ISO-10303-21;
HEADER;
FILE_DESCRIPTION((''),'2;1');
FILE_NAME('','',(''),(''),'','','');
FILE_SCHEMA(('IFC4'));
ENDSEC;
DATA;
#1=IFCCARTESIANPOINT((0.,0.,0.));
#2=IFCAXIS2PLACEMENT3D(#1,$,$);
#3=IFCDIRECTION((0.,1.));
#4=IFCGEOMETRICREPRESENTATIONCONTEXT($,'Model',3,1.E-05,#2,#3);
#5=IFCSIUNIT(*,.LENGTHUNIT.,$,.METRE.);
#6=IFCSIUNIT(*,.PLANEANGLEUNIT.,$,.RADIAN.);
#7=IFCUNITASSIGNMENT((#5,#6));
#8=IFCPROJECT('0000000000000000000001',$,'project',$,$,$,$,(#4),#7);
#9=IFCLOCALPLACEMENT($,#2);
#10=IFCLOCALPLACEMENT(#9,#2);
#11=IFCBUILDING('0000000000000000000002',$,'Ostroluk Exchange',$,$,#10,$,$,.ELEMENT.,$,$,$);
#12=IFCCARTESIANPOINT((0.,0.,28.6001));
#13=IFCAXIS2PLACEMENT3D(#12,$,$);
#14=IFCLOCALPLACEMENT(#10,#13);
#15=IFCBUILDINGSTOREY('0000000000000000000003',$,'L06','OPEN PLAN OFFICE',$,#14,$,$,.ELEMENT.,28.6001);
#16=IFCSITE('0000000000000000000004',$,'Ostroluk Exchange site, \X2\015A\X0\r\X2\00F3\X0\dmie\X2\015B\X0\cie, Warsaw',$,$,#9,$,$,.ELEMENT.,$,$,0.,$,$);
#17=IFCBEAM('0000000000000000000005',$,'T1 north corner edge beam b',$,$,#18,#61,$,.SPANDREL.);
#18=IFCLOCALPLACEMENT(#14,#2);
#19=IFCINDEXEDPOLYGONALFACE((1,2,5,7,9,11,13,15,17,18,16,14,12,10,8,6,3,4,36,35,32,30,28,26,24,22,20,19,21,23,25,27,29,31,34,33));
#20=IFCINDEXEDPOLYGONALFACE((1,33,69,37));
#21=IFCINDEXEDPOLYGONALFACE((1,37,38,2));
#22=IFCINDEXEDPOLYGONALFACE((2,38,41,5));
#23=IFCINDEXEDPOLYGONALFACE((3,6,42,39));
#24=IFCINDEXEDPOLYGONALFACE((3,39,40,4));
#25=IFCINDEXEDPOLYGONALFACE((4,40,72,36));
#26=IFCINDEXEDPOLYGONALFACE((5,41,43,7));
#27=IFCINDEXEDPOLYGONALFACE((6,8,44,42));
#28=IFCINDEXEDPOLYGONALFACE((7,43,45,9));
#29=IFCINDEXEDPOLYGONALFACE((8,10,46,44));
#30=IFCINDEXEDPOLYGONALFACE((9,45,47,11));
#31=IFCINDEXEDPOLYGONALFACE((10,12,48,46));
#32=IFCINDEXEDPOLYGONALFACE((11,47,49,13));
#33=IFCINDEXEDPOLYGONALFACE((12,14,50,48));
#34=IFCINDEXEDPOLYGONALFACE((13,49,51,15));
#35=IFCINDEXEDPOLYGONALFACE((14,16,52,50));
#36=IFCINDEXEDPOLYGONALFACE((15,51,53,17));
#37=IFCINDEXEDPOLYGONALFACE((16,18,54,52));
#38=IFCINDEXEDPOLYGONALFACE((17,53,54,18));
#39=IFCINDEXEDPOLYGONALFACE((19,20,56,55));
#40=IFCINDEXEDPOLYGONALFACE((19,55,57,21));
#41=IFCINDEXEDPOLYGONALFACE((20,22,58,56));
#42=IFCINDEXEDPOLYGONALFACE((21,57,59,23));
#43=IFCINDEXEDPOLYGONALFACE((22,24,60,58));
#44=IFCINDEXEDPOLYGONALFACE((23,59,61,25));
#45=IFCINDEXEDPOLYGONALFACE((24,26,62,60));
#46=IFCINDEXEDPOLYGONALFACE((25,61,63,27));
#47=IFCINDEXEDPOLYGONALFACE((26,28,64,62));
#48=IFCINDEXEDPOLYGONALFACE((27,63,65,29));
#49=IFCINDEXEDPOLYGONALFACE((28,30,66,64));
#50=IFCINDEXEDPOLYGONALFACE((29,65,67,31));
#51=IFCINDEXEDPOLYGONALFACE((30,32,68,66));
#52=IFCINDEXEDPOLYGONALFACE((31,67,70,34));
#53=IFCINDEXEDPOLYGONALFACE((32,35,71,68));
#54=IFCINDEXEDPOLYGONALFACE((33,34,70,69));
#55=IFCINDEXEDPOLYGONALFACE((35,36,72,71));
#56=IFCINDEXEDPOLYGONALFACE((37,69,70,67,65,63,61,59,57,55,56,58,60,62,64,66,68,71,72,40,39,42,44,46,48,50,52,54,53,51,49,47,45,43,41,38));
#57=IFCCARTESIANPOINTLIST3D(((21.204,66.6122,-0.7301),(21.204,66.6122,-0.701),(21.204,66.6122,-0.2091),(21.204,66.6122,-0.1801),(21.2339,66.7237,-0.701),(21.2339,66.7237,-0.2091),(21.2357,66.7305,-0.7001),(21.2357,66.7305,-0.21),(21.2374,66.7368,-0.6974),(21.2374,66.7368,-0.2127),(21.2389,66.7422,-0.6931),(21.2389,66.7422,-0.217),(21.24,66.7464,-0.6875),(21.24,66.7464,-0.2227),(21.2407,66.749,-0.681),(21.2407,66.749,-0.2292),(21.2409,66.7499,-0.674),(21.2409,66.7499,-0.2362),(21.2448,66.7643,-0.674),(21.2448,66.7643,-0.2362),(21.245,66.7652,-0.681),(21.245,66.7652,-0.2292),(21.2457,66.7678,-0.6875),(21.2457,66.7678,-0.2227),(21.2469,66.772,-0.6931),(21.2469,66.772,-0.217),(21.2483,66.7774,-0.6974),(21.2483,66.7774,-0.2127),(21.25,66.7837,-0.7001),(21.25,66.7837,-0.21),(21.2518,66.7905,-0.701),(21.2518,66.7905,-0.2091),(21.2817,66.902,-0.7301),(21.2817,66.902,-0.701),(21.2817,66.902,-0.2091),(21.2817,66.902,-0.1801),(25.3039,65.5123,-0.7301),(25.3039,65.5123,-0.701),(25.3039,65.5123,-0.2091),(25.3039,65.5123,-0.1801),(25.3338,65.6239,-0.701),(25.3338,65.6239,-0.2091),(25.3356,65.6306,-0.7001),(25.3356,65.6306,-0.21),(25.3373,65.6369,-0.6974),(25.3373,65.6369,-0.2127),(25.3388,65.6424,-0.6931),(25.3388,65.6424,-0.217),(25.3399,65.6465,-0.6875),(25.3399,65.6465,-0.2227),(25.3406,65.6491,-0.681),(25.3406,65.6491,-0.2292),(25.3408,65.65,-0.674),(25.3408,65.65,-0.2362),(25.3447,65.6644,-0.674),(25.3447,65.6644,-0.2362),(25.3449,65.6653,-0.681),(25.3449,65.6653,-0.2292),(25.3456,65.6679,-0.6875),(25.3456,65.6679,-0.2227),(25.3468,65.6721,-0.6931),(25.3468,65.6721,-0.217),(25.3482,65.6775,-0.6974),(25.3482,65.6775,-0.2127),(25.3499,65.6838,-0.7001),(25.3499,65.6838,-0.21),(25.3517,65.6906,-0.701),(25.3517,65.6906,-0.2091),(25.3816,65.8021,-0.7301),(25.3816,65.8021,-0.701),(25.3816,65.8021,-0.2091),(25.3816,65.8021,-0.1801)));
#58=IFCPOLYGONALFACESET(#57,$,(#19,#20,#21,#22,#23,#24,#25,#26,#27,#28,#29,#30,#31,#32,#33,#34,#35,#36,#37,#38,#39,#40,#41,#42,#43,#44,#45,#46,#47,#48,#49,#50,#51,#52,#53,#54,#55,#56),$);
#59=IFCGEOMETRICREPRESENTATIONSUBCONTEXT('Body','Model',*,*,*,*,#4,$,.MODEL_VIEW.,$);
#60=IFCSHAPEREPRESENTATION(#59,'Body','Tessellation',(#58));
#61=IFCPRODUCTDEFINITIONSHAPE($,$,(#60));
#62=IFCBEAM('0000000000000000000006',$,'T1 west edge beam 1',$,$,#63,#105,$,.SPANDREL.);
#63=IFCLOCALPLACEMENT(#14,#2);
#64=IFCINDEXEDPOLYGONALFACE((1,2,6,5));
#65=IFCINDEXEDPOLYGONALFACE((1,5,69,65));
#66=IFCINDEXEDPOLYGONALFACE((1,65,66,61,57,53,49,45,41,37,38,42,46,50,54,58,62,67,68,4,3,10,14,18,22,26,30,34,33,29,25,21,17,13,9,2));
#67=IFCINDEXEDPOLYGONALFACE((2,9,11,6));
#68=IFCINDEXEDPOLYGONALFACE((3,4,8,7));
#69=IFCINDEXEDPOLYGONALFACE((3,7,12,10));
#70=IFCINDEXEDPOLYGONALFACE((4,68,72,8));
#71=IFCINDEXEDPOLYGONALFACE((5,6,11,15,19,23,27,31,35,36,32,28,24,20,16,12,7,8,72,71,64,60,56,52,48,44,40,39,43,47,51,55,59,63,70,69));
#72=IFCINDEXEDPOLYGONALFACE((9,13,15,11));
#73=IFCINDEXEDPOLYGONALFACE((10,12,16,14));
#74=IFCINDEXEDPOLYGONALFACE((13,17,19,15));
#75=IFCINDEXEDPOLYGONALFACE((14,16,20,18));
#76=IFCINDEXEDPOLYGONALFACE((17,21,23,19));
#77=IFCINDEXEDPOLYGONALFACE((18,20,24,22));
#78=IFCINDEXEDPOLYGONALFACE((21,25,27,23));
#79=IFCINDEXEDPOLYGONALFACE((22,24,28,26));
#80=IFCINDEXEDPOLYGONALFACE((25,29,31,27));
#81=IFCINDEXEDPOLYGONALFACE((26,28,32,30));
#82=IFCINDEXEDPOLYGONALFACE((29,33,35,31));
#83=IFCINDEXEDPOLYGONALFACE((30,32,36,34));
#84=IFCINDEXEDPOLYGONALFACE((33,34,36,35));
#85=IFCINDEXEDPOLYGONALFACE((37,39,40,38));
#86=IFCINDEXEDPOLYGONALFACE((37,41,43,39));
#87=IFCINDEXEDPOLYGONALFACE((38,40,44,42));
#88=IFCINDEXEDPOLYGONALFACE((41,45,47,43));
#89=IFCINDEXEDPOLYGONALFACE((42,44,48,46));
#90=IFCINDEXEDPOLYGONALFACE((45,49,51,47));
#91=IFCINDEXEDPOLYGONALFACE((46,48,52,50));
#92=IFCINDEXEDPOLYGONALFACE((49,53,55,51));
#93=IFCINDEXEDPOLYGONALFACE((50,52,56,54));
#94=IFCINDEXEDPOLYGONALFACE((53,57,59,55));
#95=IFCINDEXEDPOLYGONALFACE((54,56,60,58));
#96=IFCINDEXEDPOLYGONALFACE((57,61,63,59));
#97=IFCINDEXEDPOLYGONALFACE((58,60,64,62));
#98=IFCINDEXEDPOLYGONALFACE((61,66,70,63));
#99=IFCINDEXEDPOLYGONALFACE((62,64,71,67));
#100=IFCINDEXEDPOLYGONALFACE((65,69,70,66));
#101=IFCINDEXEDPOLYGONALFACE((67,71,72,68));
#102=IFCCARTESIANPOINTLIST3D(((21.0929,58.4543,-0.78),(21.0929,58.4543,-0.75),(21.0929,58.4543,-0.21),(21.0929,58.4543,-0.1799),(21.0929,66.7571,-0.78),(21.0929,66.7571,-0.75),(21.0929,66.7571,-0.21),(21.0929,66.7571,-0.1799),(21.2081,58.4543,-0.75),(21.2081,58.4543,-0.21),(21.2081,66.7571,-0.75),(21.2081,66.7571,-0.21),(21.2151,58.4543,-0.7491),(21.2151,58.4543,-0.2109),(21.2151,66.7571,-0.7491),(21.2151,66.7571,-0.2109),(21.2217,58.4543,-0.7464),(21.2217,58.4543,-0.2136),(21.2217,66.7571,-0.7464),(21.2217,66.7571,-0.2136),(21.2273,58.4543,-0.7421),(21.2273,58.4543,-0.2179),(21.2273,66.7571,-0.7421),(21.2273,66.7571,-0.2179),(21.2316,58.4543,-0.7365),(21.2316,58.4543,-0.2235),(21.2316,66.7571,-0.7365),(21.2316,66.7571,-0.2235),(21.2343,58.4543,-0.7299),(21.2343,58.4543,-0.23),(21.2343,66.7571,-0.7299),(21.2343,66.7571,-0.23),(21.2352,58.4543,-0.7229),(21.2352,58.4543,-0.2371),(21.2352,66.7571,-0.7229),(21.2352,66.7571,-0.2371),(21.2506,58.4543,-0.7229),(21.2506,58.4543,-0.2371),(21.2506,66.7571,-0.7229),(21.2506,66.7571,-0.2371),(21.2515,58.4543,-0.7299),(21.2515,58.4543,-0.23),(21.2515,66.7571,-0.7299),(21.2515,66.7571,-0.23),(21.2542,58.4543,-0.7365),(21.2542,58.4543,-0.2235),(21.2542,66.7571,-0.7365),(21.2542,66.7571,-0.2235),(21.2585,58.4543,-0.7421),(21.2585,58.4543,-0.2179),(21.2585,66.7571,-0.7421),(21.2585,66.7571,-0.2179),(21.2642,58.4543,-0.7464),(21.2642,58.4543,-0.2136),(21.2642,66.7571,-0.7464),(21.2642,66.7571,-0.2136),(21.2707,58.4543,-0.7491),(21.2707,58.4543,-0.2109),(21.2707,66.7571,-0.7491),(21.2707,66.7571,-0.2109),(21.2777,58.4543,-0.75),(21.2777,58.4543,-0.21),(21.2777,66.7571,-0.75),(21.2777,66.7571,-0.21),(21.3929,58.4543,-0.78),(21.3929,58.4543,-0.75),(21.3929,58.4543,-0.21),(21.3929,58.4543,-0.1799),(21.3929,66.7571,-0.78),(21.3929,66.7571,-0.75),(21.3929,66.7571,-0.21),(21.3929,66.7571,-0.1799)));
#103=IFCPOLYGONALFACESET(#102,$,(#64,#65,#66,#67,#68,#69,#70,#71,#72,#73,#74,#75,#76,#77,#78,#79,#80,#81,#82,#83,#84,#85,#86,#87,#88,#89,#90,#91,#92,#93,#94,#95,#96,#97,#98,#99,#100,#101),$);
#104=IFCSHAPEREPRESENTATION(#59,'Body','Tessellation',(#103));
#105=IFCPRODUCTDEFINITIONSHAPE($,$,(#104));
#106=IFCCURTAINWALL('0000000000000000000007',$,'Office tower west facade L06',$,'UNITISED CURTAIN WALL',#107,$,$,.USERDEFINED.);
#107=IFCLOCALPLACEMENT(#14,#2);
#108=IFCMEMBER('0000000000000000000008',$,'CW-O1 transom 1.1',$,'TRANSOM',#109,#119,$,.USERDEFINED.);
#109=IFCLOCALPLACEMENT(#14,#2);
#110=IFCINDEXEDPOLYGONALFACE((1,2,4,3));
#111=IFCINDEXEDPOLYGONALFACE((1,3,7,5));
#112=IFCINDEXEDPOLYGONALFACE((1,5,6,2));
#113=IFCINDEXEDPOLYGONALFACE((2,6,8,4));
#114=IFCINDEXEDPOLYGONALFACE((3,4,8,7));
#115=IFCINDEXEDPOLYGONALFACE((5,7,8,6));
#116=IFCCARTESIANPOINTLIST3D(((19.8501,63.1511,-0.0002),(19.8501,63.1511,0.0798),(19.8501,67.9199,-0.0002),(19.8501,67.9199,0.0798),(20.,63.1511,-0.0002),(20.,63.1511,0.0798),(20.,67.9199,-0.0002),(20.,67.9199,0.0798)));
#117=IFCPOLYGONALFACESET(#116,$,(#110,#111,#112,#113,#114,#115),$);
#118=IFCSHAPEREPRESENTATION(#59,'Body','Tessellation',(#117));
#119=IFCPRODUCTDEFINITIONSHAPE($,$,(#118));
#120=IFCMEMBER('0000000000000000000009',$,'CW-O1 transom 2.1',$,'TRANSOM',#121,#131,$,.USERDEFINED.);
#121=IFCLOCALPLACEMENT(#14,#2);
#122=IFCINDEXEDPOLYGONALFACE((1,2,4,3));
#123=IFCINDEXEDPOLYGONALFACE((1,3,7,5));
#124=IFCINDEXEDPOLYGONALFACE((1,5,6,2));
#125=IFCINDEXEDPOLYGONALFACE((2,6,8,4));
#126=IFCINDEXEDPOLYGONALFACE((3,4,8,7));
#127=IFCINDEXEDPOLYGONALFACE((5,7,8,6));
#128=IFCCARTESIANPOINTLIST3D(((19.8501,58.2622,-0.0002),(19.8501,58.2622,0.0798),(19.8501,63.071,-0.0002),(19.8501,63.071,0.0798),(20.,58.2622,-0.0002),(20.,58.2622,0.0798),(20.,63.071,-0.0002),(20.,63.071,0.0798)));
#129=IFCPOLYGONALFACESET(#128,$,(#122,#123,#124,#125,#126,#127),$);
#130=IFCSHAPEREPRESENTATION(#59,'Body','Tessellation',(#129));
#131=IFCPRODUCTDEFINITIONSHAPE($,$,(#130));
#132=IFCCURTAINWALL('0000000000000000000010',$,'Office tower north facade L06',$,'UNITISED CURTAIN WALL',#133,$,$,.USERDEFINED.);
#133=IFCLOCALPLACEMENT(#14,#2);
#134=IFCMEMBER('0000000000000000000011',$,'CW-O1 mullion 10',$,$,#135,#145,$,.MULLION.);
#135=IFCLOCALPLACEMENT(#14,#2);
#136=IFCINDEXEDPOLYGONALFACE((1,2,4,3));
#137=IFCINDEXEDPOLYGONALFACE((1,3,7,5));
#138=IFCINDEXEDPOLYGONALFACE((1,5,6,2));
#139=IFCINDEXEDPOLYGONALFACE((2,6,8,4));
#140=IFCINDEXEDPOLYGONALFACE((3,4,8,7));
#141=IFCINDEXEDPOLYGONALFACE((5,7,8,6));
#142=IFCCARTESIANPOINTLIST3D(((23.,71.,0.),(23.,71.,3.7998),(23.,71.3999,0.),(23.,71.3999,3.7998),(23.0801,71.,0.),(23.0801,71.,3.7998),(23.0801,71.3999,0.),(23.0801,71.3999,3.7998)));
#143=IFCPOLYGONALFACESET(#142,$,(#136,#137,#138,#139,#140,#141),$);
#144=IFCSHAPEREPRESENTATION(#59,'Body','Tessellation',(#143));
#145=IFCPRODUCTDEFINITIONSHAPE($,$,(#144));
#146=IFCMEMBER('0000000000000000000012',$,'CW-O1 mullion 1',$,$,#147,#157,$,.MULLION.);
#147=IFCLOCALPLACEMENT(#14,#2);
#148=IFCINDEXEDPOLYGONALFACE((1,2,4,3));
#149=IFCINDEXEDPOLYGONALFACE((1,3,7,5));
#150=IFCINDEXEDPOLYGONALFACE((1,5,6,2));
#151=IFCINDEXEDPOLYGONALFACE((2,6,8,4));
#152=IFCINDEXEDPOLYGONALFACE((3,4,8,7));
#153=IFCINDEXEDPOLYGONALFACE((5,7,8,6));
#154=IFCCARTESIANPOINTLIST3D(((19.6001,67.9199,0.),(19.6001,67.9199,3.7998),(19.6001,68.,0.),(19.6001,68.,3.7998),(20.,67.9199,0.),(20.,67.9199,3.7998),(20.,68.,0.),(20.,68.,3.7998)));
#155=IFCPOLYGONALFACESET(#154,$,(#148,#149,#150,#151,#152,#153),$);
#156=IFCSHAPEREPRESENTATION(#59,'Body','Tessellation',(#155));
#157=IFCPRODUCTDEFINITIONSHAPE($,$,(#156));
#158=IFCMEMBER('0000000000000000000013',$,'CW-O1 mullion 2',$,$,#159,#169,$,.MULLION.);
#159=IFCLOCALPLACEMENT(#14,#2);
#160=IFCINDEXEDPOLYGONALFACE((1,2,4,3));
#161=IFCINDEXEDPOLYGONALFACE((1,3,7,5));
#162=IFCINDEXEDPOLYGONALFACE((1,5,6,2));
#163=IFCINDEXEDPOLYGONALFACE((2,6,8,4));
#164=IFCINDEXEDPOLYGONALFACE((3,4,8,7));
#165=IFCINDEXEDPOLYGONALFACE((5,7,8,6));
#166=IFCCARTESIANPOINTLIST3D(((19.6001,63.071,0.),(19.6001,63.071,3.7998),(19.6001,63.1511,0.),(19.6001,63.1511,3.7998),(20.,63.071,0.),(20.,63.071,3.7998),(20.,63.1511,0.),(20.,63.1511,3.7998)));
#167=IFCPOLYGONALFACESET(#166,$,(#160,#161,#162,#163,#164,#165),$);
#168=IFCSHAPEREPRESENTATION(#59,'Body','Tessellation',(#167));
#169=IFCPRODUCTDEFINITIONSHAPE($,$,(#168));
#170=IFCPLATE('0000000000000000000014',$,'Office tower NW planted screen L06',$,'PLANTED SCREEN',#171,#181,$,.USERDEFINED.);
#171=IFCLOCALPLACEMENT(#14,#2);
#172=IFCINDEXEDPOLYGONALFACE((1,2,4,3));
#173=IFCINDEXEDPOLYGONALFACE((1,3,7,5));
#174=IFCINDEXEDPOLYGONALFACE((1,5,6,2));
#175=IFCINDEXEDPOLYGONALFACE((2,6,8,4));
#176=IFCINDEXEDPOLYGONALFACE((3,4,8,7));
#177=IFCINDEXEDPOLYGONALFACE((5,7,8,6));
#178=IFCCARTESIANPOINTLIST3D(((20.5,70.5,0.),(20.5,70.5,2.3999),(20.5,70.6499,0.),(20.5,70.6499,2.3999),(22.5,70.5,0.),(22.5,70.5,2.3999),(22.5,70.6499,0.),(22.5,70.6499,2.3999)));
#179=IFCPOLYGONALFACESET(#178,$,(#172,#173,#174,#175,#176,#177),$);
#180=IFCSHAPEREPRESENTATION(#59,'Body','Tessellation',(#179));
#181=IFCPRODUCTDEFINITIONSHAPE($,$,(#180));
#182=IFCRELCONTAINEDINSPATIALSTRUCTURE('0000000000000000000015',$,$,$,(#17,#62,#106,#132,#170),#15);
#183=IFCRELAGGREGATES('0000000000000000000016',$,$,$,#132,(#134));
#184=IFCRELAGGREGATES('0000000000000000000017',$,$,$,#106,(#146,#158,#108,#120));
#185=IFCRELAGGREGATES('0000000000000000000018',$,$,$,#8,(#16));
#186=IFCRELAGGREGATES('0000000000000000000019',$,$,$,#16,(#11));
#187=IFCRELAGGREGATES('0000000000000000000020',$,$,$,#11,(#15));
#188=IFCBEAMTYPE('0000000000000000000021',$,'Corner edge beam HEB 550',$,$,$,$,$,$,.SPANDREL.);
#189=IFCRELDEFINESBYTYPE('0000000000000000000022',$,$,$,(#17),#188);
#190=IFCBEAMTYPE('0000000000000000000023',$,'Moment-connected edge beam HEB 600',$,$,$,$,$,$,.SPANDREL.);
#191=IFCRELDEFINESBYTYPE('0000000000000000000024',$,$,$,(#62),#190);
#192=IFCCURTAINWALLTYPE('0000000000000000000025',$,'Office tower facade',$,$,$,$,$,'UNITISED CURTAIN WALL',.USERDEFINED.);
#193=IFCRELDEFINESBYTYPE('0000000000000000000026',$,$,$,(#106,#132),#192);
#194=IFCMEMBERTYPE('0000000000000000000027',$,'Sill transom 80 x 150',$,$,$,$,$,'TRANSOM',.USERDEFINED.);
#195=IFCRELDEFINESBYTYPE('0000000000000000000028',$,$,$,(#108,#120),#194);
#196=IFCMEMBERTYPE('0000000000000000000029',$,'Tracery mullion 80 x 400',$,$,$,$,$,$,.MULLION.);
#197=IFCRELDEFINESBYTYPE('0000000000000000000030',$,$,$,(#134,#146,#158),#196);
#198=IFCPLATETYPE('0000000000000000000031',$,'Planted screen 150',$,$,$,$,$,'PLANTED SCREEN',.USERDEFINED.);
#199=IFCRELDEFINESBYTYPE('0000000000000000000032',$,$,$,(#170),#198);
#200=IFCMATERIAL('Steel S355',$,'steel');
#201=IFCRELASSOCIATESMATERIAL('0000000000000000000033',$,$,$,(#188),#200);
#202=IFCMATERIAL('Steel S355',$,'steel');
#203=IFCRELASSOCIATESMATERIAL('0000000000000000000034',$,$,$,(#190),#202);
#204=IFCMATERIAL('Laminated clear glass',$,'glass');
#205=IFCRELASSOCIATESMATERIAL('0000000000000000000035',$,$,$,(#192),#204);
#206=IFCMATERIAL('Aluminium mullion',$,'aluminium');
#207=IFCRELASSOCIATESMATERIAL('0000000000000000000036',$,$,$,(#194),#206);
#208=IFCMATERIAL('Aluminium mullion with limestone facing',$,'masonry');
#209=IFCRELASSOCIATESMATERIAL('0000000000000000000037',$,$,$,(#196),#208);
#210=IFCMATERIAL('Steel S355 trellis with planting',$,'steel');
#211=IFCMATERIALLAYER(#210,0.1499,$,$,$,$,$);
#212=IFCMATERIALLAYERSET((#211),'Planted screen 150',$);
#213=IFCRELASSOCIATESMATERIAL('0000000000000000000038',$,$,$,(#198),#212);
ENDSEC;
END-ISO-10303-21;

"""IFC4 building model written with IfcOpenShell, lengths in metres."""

from ifc_helpers import new_model, si_unit, direction, frame, origin, origin_2d, place, context, subcontext, project, spatial, rectangle, i_section, extrude, material, layer, layer_set, material_profile, profile_set, type_object, element, aggregate, save


model = new_model("IFC4")

# Units and contexts
model_context = context("Model", 3, precision=1e-05, world=origin(), true_north=direction((0.0, 1.0)))
body_context = subcontext(model_context, "Body", "Model", "MODEL_VIEW")
ifc_project = project(units=[si_unit("LENGTHUNIT", "METRE"), si_unit("PLANEANGLEUNIT", "RADIAN")], contexts=[model_context])

# Site, building, storey
site_placement = place(None, origin())
site = spatial("IfcSite", under=ifc_project, at=site_placement, Name="Ostroluk Exchange site, Śródmieście, Warsaw", CompositionType="ELEMENT", RefElevation=0.0)
building_placement = place(site_placement, origin())
building = spatial("IfcBuilding", under=site, at=building_placement, Name="Ostroluk Exchange", CompositionType="ELEMENT")
storey_placement = place(building_placement, frame((0.0, 0.0, 28.6001)))
storey = spatial("IfcBuildingStorey", under=building, at=storey_placement, Name="L06", Description="OPEN PLAN OFFICE", CompositionType="ELEMENT", Elevation=28.6001)

# Beams
ifc_material_1 = material(Name="Steel S355", Category="steel")
ifc_material_profile_1 = material_profile(ifc_material_1, i_section(OverallWidth=0.3, OverallDepth=0.55, WebThickness=0.0149, FlangeThickness=0.0291, FilletRadius=0.0271, at=origin_2d()), Name="HEB 550")
ifc_profile_set_1 = profile_set([ifc_material_profile_1], Name="Steel S355")
beam_type_1 = type_object("IfcBeamType", Name="Corner edge beam HEB 550", PredefinedType="SPANDREL", material=ifc_profile_set_1)
for number, where, z_axis, x_axis, name in (
    (1, (25.3428, 65.6572, -0.4551), (-0.965849, 0.259105, 0.0), (-0.259105, -0.965849, 0.0), "T1 north corner edge beam b"),
):
    element("IfcBeam", number, at=place(storey_placement, frame(where, z_axis=z_axis, x_axis=x_axis)), inside=storey, type_object=beam_type_1, Name=name, PredefinedType="SPANDREL", context=body_context, shape_type="SweptSolid", body=[
        extrude(i_section(OverallWidth=0.3, OverallDepth=0.55, WebThickness=0.0149, FlangeThickness=0.0291, FilletRadius=0.0271, at=origin_2d()), origin(), (0.0, 0.0, 1.0), 4.2449),
    ])
ifc_material_2 = material(Name="Steel S355", Category="steel")
ifc_material_profile_2 = material_profile(ifc_material_2, i_section(OverallWidth=0.3, OverallDepth=0.6001, WebThickness=0.0154, FlangeThickness=0.03, FilletRadius=0.0271, at=origin_2d()), Name="HEB 600")
ifc_profile_set_2 = profile_set([ifc_material_profile_2], Name="Steel S355")
beam_type_2 = type_object("IfcBeamType", Name="Moment-connected edge beam HEB 600", PredefinedType="SPANDREL", material=ifc_profile_set_2)
beam_1_placement = place(storey_placement, frame((21.2429, 66.7571, -0.48), z_axis=(0.0, -1.0, 0.0), x_axis=(1.0, 0.0, 0.0)))
element("IfcBeam", 2, at=beam_1_placement, inside=storey, type_object=beam_type_2, Name="T1 west edge beam 1", PredefinedType="SPANDREL", context=body_context, shape_type="SweptSolid", body=[
    extrude(i_section(OverallWidth=0.3, OverallDepth=0.6001, WebThickness=0.0154, FlangeThickness=0.03, FilletRadius=0.0271, at=origin_2d()), origin(), (0.0, 0.0, 1.0), 8.3027),
])

# Curtain wall, members
ifc_material_3 = material(Name="Laminated clear glass", Category="glass")
curtain_wall_type = type_object("IfcCurtainWallType", Name="Office tower facade", ElementType="UNITISED CURTAIN WALL", PredefinedType="USERDEFINED", material=ifc_material_3)
curtain_wall_1_placement = place(storey_placement, origin())
curtain_wall_1 = element("IfcCurtainWall", 3, at=curtain_wall_1_placement, inside=storey, type_object=curtain_wall_type, Name="Office tower west facade L06", ObjectType="UNITISED CURTAIN WALL", PredefinedType="USERDEFINED")
ifc_material_4 = material(Name="Aluminium mullion", Category="aluminium")
ifc_material_profile_3 = material_profile(ifc_material_4, rectangle(XDim=0.1499, YDim=0.0801, at=origin_2d()), Name="Sill transom 80 x 150")
ifc_profile_set_3 = profile_set([ifc_material_profile_3], Name="Aluminium mullion")
member_type_1 = type_object("IfcMemberType", Name="Sill transom 80 x 150", ElementType="TRANSOM", PredefinedType="USERDEFINED", material=ifc_profile_set_3)
member_1_placement = place(storey_placement, frame((19.925, 67.9199, 0.0398), z_axis=(0.0, -1.0, 0.0), x_axis=(1.0, 0.0, 0.0)))
member_1 = element("IfcMember", 4, at=member_1_placement, type_object=member_type_1, Name="CW-O1 transom 1.1", ObjectType="TRANSOM", PredefinedType="USERDEFINED", context=body_context, shape_type="SweptSolid", body=[
    extrude(rectangle(XDim=0.1499, YDim=0.0801, at=origin_2d()), origin(), (0.0, 0.0, 1.0), 4.7688),
])
member_2_placement = place(storey_placement, frame((19.925, 63.071, 0.0398), z_axis=(0.0, -1.0, 0.0), x_axis=(1.0, 0.0, 0.0)))
member_2 = element("IfcMember", 5, at=member_2_placement, type_object=member_type_1, Name="CW-O1 transom 2.1", ObjectType="TRANSOM", PredefinedType="USERDEFINED", context=body_context, shape_type="SweptSolid", body=[
    extrude(rectangle(XDim=0.1499, YDim=0.0801, at=origin_2d()), origin(), (0.0, 0.0, 1.0), 4.8088),
])

# Curtain wall, member
curtain_wall_2_placement = place(storey_placement, origin())
curtain_wall_2 = element("IfcCurtainWall", 6, at=curtain_wall_2_placement, inside=storey, type_object=curtain_wall_type, Name="Office tower north facade L06", ObjectType="UNITISED CURTAIN WALL", PredefinedType="USERDEFINED")
ifc_material_5 = material(Name="Aluminium mullion with limestone facing", Category="masonry")
ifc_material_profile_4 = material_profile(ifc_material_5, rectangle(XDim=0.3999, YDim=0.0801, at=origin_2d()), Name="Tracery mullion 80 x 400")
ifc_profile_set_4 = profile_set([ifc_material_profile_4], Name="Aluminium mullion with limestone facing")
member_type_2 = type_object("IfcMemberType", Name="Tracery mullion 80 x 400", PredefinedType="MULLION", material=ifc_profile_set_4)
member_3_placement = place(storey_placement, frame((23.04, 71.2, 0.0), z_axis=(0.0, 0.0, 1.0), x_axis=(0.0, -1.0, 0.0)))
member_3 = element("IfcMember", 7, at=member_3_placement, type_object=member_type_2, Name="CW-O1 mullion 10", PredefinedType="MULLION", context=body_context, shape_type="SweptSolid", body=[
    extrude(rectangle(XDim=0.3999, YDim=0.0801, at=origin_2d()), origin(), (0.0, 0.0, 1.0), 3.7998),
])
aggregate(curtain_wall_2, [member_3])

# Members
member_4_placement = place(storey_placement, frame((19.8, 67.96, 0.0), z_axis=(0.0, 0.0, 1.0), x_axis=(1.0, 0.0, 0.0)))
member_4 = element("IfcMember", 8, at=member_4_placement, type_object=member_type_2, Name="CW-O1 mullion 1", PredefinedType="MULLION", context=body_context, shape_type="SweptSolid", body=[
    extrude(rectangle(XDim=0.3999, YDim=0.0801, at=origin_2d()), origin(), (0.0, 0.0, 1.0), 3.7998),
])
member_5_placement = place(storey_placement, frame((19.8, 63.1111, 0.0), z_axis=(0.0, 0.0, 1.0), x_axis=(1.0, 0.0, 0.0)))
member_5 = element("IfcMember", 9, at=member_5_placement, type_object=member_type_2, Name="CW-O1 mullion 2", PredefinedType="MULLION", context=body_context, shape_type="SweptSolid", body=[
    extrude(rectangle(XDim=0.3999, YDim=0.0801, at=origin_2d()), origin(), (0.0, 0.0, 1.0), 3.7998),
])

# Plate
ifc_material_6 = material(Name="Steel S355 trellis with planting", Category="steel")
ifc_layer_1 = layer(ifc_material_6, 0.1499)
ifc_layer_set_1 = layer_set([ifc_layer_1], Name="Planted screen 150")
plate_type_1 = type_object("IfcPlateType", Name="Planted screen 150", ElementType="PLANTED SCREEN", PredefinedType="USERDEFINED", material=ifc_layer_set_1)
plate_1_placement = place(storey_placement, frame((21.5, 70.575, 0.0), z_axis=(0.0, 0.0, 1.0), x_axis=(1.0, 0.0, 0.0)))
element("IfcPlate", 10, at=plate_1_placement, inside=storey, type_object=plate_type_1, Name="Office tower NW planted screen L06", ObjectType="PLANTED SCREEN", PredefinedType="USERDEFINED", context=body_context, shape_type="SweptSolid", body=[
    extrude(rectangle(XDim=2.0, YDim=0.1499, at=origin_2d()), origin(), (0.0, 0.0, 1.0), 2.3999),
])
aggregate(curtain_wall_1, [member_4, member_5, member_1, member_2])

save(model, "model.ifc")
